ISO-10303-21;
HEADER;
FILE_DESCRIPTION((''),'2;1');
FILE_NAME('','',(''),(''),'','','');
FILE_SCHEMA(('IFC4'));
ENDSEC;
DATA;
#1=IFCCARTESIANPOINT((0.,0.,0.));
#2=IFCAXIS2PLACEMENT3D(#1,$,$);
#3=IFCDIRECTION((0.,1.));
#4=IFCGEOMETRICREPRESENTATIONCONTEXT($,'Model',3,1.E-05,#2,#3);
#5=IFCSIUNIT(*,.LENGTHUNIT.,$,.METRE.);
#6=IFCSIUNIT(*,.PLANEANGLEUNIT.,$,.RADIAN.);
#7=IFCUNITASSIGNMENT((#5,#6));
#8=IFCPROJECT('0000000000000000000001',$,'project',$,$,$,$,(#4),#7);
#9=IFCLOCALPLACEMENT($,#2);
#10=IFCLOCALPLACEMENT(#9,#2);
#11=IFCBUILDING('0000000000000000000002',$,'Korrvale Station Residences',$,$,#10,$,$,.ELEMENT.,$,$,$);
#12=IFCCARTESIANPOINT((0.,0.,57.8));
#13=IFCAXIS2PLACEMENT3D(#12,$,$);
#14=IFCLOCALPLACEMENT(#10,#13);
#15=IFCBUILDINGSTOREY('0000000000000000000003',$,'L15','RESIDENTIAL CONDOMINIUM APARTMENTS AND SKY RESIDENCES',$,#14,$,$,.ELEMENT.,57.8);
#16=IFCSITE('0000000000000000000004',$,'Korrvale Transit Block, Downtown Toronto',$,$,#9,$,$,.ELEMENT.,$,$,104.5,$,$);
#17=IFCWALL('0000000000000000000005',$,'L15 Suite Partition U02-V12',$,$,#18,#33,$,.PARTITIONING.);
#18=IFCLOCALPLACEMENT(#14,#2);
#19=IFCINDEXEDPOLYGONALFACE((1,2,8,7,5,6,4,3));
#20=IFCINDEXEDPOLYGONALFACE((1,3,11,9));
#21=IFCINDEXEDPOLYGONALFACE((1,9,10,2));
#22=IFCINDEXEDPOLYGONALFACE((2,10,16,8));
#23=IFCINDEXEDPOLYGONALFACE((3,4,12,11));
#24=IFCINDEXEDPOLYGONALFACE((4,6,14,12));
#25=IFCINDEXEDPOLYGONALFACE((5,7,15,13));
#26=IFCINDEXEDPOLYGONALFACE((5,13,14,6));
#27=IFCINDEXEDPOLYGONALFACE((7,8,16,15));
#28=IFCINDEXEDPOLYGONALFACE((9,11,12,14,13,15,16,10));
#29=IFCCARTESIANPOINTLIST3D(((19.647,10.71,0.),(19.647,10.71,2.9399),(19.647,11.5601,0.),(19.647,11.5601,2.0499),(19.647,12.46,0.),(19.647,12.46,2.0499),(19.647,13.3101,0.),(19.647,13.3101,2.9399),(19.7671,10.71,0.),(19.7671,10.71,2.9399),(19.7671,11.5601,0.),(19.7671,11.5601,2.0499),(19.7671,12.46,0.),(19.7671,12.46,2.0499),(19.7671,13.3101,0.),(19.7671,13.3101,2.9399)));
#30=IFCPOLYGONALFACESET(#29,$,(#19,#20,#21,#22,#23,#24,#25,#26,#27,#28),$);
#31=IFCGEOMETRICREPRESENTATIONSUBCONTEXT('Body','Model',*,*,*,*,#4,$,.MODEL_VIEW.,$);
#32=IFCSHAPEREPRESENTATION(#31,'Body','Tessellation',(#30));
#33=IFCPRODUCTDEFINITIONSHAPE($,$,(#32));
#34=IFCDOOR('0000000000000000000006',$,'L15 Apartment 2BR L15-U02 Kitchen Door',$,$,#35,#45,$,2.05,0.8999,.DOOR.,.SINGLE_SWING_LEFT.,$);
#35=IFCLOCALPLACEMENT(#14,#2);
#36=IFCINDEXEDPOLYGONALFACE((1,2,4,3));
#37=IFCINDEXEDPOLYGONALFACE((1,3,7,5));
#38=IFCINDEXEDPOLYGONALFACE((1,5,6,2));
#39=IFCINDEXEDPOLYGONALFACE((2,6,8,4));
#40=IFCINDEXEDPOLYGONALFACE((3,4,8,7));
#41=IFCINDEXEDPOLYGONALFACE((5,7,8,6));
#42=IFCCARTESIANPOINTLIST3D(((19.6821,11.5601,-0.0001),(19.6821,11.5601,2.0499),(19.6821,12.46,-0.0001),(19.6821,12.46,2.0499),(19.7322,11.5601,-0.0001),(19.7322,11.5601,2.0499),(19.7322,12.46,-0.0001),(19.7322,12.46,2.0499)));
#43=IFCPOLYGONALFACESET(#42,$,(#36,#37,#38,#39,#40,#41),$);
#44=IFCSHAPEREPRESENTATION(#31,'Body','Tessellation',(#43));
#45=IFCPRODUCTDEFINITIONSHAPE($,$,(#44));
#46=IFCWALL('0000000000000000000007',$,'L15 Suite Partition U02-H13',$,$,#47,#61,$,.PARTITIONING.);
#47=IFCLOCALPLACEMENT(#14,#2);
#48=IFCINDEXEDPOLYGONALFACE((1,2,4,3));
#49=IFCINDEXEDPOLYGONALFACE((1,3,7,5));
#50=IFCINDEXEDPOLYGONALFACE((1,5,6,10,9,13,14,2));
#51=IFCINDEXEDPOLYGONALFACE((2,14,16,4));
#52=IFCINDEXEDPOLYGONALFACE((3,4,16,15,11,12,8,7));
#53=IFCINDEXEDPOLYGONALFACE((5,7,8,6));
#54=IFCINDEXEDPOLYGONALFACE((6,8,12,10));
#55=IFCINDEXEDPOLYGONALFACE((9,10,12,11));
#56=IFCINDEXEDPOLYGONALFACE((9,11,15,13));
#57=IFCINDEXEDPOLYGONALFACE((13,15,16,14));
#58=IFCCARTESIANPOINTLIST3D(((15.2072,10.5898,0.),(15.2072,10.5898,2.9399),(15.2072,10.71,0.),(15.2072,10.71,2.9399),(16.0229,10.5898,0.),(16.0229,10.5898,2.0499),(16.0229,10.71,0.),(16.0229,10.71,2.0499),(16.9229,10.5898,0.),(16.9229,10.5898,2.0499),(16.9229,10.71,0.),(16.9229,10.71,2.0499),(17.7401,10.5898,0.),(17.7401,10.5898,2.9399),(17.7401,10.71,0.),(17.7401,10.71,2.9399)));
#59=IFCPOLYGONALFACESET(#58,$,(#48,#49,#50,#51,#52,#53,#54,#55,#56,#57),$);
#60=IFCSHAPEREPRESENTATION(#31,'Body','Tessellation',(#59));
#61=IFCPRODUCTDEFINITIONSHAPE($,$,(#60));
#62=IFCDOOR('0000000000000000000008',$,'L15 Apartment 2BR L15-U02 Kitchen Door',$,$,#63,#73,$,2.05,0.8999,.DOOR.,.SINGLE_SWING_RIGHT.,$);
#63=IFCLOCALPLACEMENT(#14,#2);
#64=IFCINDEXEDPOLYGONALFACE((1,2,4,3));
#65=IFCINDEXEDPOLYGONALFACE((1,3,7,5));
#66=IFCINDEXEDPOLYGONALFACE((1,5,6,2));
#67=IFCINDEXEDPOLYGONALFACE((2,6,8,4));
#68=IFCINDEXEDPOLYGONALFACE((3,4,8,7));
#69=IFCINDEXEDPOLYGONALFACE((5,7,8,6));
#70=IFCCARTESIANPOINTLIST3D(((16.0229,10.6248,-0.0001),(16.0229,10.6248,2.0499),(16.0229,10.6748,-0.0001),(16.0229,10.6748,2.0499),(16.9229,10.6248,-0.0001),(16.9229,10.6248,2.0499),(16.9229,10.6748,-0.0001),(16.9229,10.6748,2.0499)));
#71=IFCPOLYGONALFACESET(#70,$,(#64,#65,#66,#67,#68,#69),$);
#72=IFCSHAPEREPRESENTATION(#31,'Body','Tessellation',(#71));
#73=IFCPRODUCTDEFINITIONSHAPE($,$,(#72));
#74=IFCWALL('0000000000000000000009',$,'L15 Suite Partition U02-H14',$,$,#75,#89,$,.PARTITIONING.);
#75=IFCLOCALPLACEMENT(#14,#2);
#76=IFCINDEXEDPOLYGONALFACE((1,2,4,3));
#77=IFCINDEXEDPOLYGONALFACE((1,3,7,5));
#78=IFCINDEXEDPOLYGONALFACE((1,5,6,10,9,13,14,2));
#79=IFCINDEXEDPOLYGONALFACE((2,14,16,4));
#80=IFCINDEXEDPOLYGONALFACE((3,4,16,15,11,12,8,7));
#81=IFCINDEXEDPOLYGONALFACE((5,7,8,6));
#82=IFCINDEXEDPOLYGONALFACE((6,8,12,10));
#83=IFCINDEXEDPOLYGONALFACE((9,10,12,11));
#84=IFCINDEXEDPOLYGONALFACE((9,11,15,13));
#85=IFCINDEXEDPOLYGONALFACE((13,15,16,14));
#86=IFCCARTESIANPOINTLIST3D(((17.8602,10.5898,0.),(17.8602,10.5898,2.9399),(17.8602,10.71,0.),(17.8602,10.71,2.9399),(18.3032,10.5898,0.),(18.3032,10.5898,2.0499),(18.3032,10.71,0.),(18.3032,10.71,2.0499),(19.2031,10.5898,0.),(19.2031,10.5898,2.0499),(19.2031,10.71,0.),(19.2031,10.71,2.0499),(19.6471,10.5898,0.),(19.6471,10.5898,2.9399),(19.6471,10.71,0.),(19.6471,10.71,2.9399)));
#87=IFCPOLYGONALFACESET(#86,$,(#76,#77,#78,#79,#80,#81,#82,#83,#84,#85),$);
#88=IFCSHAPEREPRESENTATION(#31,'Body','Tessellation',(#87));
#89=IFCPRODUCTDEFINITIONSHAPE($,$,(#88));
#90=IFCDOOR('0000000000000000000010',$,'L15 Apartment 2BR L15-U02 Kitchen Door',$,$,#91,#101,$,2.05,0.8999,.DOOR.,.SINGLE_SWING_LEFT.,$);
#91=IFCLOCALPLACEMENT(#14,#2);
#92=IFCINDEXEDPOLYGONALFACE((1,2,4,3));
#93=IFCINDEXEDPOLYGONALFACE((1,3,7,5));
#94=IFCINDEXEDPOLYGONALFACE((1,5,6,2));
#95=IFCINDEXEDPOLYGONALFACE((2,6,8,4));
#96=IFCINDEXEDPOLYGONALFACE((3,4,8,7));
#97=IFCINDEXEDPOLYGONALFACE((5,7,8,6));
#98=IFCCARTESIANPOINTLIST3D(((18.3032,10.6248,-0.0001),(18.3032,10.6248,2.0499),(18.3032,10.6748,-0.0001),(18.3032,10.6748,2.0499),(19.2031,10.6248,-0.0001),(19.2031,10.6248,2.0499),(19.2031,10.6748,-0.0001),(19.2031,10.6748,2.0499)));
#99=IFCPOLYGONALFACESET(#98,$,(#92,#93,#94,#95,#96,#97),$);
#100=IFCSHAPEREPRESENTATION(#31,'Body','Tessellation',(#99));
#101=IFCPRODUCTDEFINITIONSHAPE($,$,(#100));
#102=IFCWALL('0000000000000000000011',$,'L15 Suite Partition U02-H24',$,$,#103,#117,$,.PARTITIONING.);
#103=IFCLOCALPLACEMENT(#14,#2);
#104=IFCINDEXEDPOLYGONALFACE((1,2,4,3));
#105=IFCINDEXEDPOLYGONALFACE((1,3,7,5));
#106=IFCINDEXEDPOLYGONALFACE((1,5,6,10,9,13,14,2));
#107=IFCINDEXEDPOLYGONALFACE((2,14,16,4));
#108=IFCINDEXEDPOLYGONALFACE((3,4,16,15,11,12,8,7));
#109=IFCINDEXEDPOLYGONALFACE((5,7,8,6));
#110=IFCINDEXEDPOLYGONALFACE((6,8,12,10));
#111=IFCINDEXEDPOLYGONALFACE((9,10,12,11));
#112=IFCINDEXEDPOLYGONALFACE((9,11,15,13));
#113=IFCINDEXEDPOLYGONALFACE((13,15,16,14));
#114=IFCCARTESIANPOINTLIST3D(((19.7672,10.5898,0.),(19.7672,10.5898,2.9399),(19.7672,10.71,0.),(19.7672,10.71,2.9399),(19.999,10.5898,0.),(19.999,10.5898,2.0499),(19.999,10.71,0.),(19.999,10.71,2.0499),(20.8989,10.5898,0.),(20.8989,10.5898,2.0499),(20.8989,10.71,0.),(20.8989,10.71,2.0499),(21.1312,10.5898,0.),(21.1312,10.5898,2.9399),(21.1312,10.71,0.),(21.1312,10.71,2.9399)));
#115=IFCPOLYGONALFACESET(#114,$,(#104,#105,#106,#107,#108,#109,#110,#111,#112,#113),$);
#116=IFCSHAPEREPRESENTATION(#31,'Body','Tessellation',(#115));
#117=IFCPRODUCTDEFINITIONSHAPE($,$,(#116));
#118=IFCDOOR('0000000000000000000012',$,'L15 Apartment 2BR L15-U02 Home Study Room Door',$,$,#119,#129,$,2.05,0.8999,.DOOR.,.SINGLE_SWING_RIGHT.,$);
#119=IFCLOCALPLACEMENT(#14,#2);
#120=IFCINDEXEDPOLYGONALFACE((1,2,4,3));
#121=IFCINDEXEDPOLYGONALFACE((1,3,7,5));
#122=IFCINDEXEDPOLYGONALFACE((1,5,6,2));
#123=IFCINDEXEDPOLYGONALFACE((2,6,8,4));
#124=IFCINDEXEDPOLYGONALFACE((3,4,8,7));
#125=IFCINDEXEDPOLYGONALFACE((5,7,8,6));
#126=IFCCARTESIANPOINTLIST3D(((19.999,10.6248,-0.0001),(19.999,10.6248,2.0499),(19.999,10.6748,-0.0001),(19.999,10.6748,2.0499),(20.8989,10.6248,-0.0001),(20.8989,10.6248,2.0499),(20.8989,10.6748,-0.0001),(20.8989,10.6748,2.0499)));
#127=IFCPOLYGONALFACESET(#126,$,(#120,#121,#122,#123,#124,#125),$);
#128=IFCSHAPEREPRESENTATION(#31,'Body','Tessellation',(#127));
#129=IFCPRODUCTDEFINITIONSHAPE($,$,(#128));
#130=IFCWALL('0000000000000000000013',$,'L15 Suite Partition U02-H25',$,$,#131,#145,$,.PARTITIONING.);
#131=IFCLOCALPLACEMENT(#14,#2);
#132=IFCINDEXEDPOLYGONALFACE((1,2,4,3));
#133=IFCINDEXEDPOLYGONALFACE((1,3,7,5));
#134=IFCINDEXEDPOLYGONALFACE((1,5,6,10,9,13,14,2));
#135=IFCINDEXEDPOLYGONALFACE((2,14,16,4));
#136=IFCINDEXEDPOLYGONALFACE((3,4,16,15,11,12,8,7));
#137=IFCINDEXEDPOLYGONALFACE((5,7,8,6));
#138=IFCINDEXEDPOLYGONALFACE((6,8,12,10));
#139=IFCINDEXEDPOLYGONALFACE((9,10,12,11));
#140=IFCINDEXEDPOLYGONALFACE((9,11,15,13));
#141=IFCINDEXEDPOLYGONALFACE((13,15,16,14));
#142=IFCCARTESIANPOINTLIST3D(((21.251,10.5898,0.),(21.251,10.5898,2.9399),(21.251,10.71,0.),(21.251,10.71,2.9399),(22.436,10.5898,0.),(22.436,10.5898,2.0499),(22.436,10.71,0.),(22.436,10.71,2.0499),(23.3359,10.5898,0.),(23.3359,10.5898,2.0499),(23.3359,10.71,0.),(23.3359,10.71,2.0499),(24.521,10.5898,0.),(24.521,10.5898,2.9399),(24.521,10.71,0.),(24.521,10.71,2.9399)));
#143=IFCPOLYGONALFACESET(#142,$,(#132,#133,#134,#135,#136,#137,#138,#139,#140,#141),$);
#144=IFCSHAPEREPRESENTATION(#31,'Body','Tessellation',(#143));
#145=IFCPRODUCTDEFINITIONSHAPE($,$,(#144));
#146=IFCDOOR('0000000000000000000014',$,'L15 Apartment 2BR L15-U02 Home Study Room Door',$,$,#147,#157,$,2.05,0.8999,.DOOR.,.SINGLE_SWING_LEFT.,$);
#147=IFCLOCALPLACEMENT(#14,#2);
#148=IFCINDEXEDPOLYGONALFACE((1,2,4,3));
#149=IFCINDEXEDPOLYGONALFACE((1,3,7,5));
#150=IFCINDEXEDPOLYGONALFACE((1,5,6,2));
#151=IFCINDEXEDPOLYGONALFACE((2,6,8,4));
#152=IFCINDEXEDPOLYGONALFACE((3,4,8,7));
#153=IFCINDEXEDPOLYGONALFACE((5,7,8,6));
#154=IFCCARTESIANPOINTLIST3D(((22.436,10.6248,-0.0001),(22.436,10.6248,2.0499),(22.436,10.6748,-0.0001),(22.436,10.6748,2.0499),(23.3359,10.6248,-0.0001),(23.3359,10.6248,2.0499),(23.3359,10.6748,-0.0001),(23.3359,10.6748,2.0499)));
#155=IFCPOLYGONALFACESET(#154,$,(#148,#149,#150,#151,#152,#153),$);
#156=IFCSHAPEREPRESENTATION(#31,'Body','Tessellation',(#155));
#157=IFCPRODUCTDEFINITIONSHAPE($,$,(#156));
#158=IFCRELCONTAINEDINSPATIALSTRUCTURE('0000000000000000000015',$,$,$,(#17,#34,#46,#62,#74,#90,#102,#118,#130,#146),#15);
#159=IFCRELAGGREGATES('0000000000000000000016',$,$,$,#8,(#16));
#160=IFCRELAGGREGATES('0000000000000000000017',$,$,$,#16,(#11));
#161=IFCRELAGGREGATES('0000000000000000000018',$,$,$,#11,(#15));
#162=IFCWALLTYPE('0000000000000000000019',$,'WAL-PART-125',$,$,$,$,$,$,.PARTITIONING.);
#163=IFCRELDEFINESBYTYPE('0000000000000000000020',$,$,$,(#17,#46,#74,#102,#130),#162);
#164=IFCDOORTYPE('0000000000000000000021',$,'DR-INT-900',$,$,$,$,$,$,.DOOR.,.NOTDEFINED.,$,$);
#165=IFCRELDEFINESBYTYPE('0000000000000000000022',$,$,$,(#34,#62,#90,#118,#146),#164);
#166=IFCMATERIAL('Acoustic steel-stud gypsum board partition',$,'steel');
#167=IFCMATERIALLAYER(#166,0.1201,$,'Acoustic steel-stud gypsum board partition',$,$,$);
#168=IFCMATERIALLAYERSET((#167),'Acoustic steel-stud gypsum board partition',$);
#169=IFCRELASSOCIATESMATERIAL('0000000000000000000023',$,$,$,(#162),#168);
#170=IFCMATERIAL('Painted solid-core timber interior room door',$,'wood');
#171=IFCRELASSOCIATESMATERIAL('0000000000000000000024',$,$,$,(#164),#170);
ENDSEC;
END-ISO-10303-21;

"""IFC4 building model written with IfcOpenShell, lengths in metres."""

from ifc_helpers import new_model, si_unit, direction, frame, frame_2d, origin, place, context, subcontext, project, spatial, rectangle, extrude, material, layer, layer_set, type_object, element, fill, save


model = new_model("IFC4")

# Units and contexts
model_context = context("Model", 3, precision=1e-05, world=origin(), true_north=direction((0.0, 1.0)))
body_context = subcontext(model_context, "Body", "Model", "MODEL_VIEW")
ifc_project = project(units=[si_unit("LENGTHUNIT", "METRE"), si_unit("PLANEANGLEUNIT", "RADIAN")], contexts=[model_context])

# Site, building, storey
site_placement = place(None, origin())
site = spatial("IfcSite", under=ifc_project, at=site_placement, Name="Korrvale Transit Block, Downtown Toronto", CompositionType="ELEMENT", RefElevation=104.5)
building_placement = place(site_placement, origin())
building = spatial("IfcBuilding", under=site, at=building_placement, Name="Korrvale Station Residences", CompositionType="ELEMENT")
storey_placement = place(building_placement, frame((0.0, 0.0, 57.8)))
storey = spatial("IfcBuildingStorey", under=building, at=storey_placement, Name="L15", Description="RESIDENTIAL CONDOMINIUM APARTMENTS AND SKY RESIDENCES", CompositionType="ELEMENT", Elevation=57.8)

# Shared definitions
ifc_material_1 = material(Name="Acoustic steel-stud gypsum board partition", Category="steel")
ifc_layer = layer(ifc_material_1, 0.1201, Name="Acoustic steel-stud gypsum board partition")
ifc_layer_set = layer_set([ifc_layer], Name="Acoustic steel-stud gypsum board partition")
wall_type = type_object("IfcWallType", Name="WAL-PART-125", PredefinedType="PARTITIONING", material=ifc_layer_set)

# Walls, openings, doors
wall_1_placement = place(storey_placement, frame((19.707, 10.71, 0.0), z_axis=(0.0, 0.0, 1.0), x_axis=(0.0, 1.0, 0.0)))
wall_1 = element("IfcWall", 1, at=wall_1_placement, inside=storey, type_object=wall_type, Name="L15 Suite Partition U02-V12", PredefinedType="PARTITIONING", context=body_context, shape_type="SweptSolid", body=[
    extrude(rectangle(XDim=2.6001, YDim=0.1201, at=frame_2d((1.3, 0.0))), origin(), (0.0, 0.0, 1.0), 2.9399),
])
opening_1_placement = place(wall_1_placement, frame((0.8501, 0.0, 0.0)))
opening_1 = element("IfcOpeningElement", 2, at=opening_1_placement, cuts=wall_1, PredefinedType="OPENING", context=body_context, shape_type="SweptSolid", body=[
    extrude(rectangle(XDim=0.8999, YDim=2.05, at=frame_2d((0.45, 1.0249))), frame((0.0, 0.0701, 0.0), z_axis=(0.0, -1.0, 0.0), x_axis=(1.0, 0.0, 0.0)), (0.0, 0.0, 1.0), 0.1401),
])
ifc_material_2 = material(Name="Painted solid-core timber interior room door", Category="wood")
door_type_1 = type_object("IfcDoorType", Name="DR-INT-900", OperationType="NOTDEFINED", PredefinedType="DOOR", material=ifc_material_2)
door_1_placement = place(opening_1_placement, origin())
door_1 = element("IfcDoor", 3, at=door_1_placement, inside=storey, type_object=door_type_1, Name="L15 Apartment 2BR L15-U02 Kitchen Door", OperationType="SINGLE_SWING_LEFT", OverallHeight=2.05, OverallWidth=0.8999, PredefinedType="DOOR", context=body_context, shape_type="SweptSolid", body=[
    extrude(rectangle(XDim=0.8999, YDim=2.05, at=frame_2d((0.45, 1.0249))), frame((0.0, 0.0249, 0.0), z_axis=(0.0, -1.0, 0.0), x_axis=(1.0, 0.0, 0.0)), (0.0, 0.0, 1.0), 0.05),
])
fill(opening_1, door_1)
wall_2_placement = place(storey_placement, frame((15.207, 10.6499, 0.0), z_axis=(0.0, 0.0, 1.0), x_axis=(1.0, 0.0, 0.0)))
wall_2 = element("IfcWall", 4, at=wall_2_placement, inside=storey, type_object=wall_type, Name="L15 Suite Partition U02-H13", PredefinedType="PARTITIONING", context=body_context, shape_type="SweptSolid", body=[
    extrude(rectangle(XDim=2.533, YDim=0.1201, at=frame_2d((1.2666, 0.0))), origin(), (0.0, 0.0, 1.0), 2.9399),
])
opening_2_placement = place(wall_2_placement, frame((0.8159, 0.0, 0.0)))
opening_2 = element("IfcOpeningElement", 5, at=opening_2_placement, cuts=wall_2, PredefinedType="OPENING", context=body_context, shape_type="SweptSolid", body=[
    extrude(rectangle(XDim=0.8999, YDim=2.05, at=frame_2d((0.45, 1.0249))), frame((0.0, 0.0701, 0.0), z_axis=(0.0, -1.0, 0.0), x_axis=(1.0, 0.0, 0.0)), (0.0, 0.0, 1.0), 0.1401),
])
door_2_placement = place(opening_2_placement, origin())
door_2 = element("IfcDoor", 6, at=door_2_placement, inside=storey, type_object=door_type_1, Name="L15 Apartment 2BR L15-U02 Kitchen Door", OperationType="SINGLE_SWING_RIGHT", OverallHeight=2.05, OverallWidth=0.8999, PredefinedType="DOOR", context=body_context, shape_type="SweptSolid", body=[
    extrude(rectangle(XDim=0.8999, YDim=2.05, at=frame_2d((0.45, 1.0249))), frame((0.0, 0.0249, 0.0), z_axis=(0.0, -1.0, 0.0), x_axis=(1.0, 0.0, 0.0)), (0.0, 0.0, 1.0), 0.05),
])
fill(opening_2, door_2)
wall_3_placement = place(storey_placement, frame((17.8601, 10.6499, 0.0), z_axis=(0.0, 0.0, 1.0), x_axis=(1.0, 0.0, 0.0)))
wall_3 = element("IfcWall", 7, at=wall_3_placement, inside=storey, type_object=wall_type, Name="L15 Suite Partition U02-H14", PredefinedType="PARTITIONING", context=body_context, shape_type="SweptSolid", body=[
    extrude(rectangle(XDim=1.7869, YDim=0.1201, at=frame_2d((0.8936, 0.0))), origin(), (0.0, 0.0, 1.0), 2.9399),
])
opening_3_placement = place(wall_3_placement, frame((0.4431, 0.0, 0.0)))
opening_3 = element("IfcOpeningElement", 8, at=opening_3_placement, cuts=wall_3, PredefinedType="OPENING", context=body_context, shape_type="SweptSolid", body=[
    extrude(rectangle(XDim=0.8999, YDim=2.05, at=frame_2d((0.45, 1.0249))), frame((0.0, 0.0701, 0.0), z_axis=(0.0, -1.0, 0.0), x_axis=(1.0, 0.0, 0.0)), (0.0, 0.0, 1.0), 0.1401),
])
door_3_placement = place(opening_3_placement, origin())
door_3 = element("IfcDoor", 9, at=door_3_placement, inside=storey, type_object=door_type_1, Name="L15 Apartment 2BR L15-U02 Kitchen Door", OperationType="SINGLE_SWING_LEFT", OverallHeight=2.05, OverallWidth=0.8999, PredefinedType="DOOR", context=body_context, shape_type="SweptSolid", body=[
    extrude(rectangle(XDim=0.8999, YDim=2.05, at=frame_2d((0.45, 1.0249))), frame((0.0, 0.0249, 0.0), z_axis=(0.0, -1.0, 0.0), x_axis=(1.0, 0.0, 0.0)), (0.0, 0.0, 1.0), 0.05),
])
fill(opening_3, door_3)
wall_4_placement = place(storey_placement, frame((19.7671, 10.6499, 0.0), z_axis=(0.0, 0.0, 1.0), x_axis=(1.0, 0.0, 0.0)))
wall_4 = element("IfcWall", 10, at=wall_4_placement, inside=storey, type_object=wall_type, Name="L15 Suite Partition U02-H24", PredefinedType="PARTITIONING", context=body_context, shape_type="SweptSolid", body=[
    extrude(rectangle(XDim=1.364, YDim=0.1201, at=frame_2d((0.6821, 0.0))), origin(), (0.0, 0.0, 1.0), 2.9399),
])
opening_4_placement = place(wall_4_placement, frame((0.2319, 0.0, 0.0)))
opening_4 = element("IfcOpeningElement", 11, at=opening_4_placement, cuts=wall_4, PredefinedType="OPENING", context=body_context, shape_type="SweptSolid", body=[
    extrude(rectangle(XDim=0.8999, YDim=2.05, at=frame_2d((0.45, 1.0249))), frame((0.0, 0.0701, 0.0), z_axis=(0.0, -1.0, 0.0), x_axis=(1.0, 0.0, 0.0)), (0.0, 0.0, 1.0), 0.1401),
])
door_4_placement = place(opening_4_placement, origin())
door_4 = element("IfcDoor", 12, at=door_4_placement, inside=storey, type_object=door_type_1, Name="L15 Apartment 2BR L15-U02 Home Study Room Door", OperationType="SINGLE_SWING_RIGHT", OverallHeight=2.05, OverallWidth=0.8999, PredefinedType="DOOR", context=body_context, shape_type="SweptSolid", body=[
    extrude(rectangle(XDim=0.8999, YDim=2.05, at=frame_2d((0.45, 1.0249))), frame((0.0, 0.0249, 0.0), z_axis=(0.0, -1.0, 0.0), x_axis=(1.0, 0.0, 0.0)), (0.0, 0.0, 1.0), 0.05),
])
fill(opening_4, door_4)
wall_5_placement = place(storey_placement, frame((21.251, 10.6499, 0.0), z_axis=(0.0, 0.0, 1.0), x_axis=(1.0, 0.0, 0.0)))
wall_5 = element("IfcWall", 13, at=wall_5_placement, inside=storey, type_object=wall_type, Name="L15 Suite Partition U02-H25", PredefinedType="PARTITIONING", context=body_context, shape_type="SweptSolid", body=[
    extrude(rectangle(XDim=3.27, YDim=0.1201, at=frame_2d((1.635, 0.0))), origin(), (0.0, 0.0, 1.0), 2.9399),
])
opening_5_placement = place(wall_5_placement, frame((1.1851, 0.0, 0.0)))
opening_5 = element("IfcOpeningElement", 14, at=opening_5_placement, cuts=wall_5, PredefinedType="OPENING", context=body_context, shape_type="SweptSolid", body=[
    extrude(rectangle(XDim=0.8999, YDim=2.05, at=frame_2d((0.45, 1.0249))), frame((0.0, 0.0701, 0.0), z_axis=(0.0, -1.0, 0.0), x_axis=(1.0, 0.0, 0.0)), (0.0, 0.0, 1.0), 0.1401),
])
door_5_placement = place(opening_5_placement, origin())
door_5 = element("IfcDoor", 15, at=door_5_placement, inside=storey, type_object=door_type_1, Name="L15 Apartment 2BR L15-U02 Home Study Room Door", OperationType="SINGLE_SWING_LEFT", OverallHeight=2.05, OverallWidth=0.8999, PredefinedType="DOOR", context=body_context, shape_type="SweptSolid", body=[
    extrude(rectangle(XDim=0.8999, YDim=2.05, at=frame_2d((0.45, 1.0249))), frame((0.0, 0.0249, 0.0), z_axis=(0.0, -1.0, 0.0), x_axis=(1.0, 0.0, 0.0)), (0.0, 0.0, 1.0), 0.05),
])
fill(opening_5, door_5)

save(model, "model.ifc")
